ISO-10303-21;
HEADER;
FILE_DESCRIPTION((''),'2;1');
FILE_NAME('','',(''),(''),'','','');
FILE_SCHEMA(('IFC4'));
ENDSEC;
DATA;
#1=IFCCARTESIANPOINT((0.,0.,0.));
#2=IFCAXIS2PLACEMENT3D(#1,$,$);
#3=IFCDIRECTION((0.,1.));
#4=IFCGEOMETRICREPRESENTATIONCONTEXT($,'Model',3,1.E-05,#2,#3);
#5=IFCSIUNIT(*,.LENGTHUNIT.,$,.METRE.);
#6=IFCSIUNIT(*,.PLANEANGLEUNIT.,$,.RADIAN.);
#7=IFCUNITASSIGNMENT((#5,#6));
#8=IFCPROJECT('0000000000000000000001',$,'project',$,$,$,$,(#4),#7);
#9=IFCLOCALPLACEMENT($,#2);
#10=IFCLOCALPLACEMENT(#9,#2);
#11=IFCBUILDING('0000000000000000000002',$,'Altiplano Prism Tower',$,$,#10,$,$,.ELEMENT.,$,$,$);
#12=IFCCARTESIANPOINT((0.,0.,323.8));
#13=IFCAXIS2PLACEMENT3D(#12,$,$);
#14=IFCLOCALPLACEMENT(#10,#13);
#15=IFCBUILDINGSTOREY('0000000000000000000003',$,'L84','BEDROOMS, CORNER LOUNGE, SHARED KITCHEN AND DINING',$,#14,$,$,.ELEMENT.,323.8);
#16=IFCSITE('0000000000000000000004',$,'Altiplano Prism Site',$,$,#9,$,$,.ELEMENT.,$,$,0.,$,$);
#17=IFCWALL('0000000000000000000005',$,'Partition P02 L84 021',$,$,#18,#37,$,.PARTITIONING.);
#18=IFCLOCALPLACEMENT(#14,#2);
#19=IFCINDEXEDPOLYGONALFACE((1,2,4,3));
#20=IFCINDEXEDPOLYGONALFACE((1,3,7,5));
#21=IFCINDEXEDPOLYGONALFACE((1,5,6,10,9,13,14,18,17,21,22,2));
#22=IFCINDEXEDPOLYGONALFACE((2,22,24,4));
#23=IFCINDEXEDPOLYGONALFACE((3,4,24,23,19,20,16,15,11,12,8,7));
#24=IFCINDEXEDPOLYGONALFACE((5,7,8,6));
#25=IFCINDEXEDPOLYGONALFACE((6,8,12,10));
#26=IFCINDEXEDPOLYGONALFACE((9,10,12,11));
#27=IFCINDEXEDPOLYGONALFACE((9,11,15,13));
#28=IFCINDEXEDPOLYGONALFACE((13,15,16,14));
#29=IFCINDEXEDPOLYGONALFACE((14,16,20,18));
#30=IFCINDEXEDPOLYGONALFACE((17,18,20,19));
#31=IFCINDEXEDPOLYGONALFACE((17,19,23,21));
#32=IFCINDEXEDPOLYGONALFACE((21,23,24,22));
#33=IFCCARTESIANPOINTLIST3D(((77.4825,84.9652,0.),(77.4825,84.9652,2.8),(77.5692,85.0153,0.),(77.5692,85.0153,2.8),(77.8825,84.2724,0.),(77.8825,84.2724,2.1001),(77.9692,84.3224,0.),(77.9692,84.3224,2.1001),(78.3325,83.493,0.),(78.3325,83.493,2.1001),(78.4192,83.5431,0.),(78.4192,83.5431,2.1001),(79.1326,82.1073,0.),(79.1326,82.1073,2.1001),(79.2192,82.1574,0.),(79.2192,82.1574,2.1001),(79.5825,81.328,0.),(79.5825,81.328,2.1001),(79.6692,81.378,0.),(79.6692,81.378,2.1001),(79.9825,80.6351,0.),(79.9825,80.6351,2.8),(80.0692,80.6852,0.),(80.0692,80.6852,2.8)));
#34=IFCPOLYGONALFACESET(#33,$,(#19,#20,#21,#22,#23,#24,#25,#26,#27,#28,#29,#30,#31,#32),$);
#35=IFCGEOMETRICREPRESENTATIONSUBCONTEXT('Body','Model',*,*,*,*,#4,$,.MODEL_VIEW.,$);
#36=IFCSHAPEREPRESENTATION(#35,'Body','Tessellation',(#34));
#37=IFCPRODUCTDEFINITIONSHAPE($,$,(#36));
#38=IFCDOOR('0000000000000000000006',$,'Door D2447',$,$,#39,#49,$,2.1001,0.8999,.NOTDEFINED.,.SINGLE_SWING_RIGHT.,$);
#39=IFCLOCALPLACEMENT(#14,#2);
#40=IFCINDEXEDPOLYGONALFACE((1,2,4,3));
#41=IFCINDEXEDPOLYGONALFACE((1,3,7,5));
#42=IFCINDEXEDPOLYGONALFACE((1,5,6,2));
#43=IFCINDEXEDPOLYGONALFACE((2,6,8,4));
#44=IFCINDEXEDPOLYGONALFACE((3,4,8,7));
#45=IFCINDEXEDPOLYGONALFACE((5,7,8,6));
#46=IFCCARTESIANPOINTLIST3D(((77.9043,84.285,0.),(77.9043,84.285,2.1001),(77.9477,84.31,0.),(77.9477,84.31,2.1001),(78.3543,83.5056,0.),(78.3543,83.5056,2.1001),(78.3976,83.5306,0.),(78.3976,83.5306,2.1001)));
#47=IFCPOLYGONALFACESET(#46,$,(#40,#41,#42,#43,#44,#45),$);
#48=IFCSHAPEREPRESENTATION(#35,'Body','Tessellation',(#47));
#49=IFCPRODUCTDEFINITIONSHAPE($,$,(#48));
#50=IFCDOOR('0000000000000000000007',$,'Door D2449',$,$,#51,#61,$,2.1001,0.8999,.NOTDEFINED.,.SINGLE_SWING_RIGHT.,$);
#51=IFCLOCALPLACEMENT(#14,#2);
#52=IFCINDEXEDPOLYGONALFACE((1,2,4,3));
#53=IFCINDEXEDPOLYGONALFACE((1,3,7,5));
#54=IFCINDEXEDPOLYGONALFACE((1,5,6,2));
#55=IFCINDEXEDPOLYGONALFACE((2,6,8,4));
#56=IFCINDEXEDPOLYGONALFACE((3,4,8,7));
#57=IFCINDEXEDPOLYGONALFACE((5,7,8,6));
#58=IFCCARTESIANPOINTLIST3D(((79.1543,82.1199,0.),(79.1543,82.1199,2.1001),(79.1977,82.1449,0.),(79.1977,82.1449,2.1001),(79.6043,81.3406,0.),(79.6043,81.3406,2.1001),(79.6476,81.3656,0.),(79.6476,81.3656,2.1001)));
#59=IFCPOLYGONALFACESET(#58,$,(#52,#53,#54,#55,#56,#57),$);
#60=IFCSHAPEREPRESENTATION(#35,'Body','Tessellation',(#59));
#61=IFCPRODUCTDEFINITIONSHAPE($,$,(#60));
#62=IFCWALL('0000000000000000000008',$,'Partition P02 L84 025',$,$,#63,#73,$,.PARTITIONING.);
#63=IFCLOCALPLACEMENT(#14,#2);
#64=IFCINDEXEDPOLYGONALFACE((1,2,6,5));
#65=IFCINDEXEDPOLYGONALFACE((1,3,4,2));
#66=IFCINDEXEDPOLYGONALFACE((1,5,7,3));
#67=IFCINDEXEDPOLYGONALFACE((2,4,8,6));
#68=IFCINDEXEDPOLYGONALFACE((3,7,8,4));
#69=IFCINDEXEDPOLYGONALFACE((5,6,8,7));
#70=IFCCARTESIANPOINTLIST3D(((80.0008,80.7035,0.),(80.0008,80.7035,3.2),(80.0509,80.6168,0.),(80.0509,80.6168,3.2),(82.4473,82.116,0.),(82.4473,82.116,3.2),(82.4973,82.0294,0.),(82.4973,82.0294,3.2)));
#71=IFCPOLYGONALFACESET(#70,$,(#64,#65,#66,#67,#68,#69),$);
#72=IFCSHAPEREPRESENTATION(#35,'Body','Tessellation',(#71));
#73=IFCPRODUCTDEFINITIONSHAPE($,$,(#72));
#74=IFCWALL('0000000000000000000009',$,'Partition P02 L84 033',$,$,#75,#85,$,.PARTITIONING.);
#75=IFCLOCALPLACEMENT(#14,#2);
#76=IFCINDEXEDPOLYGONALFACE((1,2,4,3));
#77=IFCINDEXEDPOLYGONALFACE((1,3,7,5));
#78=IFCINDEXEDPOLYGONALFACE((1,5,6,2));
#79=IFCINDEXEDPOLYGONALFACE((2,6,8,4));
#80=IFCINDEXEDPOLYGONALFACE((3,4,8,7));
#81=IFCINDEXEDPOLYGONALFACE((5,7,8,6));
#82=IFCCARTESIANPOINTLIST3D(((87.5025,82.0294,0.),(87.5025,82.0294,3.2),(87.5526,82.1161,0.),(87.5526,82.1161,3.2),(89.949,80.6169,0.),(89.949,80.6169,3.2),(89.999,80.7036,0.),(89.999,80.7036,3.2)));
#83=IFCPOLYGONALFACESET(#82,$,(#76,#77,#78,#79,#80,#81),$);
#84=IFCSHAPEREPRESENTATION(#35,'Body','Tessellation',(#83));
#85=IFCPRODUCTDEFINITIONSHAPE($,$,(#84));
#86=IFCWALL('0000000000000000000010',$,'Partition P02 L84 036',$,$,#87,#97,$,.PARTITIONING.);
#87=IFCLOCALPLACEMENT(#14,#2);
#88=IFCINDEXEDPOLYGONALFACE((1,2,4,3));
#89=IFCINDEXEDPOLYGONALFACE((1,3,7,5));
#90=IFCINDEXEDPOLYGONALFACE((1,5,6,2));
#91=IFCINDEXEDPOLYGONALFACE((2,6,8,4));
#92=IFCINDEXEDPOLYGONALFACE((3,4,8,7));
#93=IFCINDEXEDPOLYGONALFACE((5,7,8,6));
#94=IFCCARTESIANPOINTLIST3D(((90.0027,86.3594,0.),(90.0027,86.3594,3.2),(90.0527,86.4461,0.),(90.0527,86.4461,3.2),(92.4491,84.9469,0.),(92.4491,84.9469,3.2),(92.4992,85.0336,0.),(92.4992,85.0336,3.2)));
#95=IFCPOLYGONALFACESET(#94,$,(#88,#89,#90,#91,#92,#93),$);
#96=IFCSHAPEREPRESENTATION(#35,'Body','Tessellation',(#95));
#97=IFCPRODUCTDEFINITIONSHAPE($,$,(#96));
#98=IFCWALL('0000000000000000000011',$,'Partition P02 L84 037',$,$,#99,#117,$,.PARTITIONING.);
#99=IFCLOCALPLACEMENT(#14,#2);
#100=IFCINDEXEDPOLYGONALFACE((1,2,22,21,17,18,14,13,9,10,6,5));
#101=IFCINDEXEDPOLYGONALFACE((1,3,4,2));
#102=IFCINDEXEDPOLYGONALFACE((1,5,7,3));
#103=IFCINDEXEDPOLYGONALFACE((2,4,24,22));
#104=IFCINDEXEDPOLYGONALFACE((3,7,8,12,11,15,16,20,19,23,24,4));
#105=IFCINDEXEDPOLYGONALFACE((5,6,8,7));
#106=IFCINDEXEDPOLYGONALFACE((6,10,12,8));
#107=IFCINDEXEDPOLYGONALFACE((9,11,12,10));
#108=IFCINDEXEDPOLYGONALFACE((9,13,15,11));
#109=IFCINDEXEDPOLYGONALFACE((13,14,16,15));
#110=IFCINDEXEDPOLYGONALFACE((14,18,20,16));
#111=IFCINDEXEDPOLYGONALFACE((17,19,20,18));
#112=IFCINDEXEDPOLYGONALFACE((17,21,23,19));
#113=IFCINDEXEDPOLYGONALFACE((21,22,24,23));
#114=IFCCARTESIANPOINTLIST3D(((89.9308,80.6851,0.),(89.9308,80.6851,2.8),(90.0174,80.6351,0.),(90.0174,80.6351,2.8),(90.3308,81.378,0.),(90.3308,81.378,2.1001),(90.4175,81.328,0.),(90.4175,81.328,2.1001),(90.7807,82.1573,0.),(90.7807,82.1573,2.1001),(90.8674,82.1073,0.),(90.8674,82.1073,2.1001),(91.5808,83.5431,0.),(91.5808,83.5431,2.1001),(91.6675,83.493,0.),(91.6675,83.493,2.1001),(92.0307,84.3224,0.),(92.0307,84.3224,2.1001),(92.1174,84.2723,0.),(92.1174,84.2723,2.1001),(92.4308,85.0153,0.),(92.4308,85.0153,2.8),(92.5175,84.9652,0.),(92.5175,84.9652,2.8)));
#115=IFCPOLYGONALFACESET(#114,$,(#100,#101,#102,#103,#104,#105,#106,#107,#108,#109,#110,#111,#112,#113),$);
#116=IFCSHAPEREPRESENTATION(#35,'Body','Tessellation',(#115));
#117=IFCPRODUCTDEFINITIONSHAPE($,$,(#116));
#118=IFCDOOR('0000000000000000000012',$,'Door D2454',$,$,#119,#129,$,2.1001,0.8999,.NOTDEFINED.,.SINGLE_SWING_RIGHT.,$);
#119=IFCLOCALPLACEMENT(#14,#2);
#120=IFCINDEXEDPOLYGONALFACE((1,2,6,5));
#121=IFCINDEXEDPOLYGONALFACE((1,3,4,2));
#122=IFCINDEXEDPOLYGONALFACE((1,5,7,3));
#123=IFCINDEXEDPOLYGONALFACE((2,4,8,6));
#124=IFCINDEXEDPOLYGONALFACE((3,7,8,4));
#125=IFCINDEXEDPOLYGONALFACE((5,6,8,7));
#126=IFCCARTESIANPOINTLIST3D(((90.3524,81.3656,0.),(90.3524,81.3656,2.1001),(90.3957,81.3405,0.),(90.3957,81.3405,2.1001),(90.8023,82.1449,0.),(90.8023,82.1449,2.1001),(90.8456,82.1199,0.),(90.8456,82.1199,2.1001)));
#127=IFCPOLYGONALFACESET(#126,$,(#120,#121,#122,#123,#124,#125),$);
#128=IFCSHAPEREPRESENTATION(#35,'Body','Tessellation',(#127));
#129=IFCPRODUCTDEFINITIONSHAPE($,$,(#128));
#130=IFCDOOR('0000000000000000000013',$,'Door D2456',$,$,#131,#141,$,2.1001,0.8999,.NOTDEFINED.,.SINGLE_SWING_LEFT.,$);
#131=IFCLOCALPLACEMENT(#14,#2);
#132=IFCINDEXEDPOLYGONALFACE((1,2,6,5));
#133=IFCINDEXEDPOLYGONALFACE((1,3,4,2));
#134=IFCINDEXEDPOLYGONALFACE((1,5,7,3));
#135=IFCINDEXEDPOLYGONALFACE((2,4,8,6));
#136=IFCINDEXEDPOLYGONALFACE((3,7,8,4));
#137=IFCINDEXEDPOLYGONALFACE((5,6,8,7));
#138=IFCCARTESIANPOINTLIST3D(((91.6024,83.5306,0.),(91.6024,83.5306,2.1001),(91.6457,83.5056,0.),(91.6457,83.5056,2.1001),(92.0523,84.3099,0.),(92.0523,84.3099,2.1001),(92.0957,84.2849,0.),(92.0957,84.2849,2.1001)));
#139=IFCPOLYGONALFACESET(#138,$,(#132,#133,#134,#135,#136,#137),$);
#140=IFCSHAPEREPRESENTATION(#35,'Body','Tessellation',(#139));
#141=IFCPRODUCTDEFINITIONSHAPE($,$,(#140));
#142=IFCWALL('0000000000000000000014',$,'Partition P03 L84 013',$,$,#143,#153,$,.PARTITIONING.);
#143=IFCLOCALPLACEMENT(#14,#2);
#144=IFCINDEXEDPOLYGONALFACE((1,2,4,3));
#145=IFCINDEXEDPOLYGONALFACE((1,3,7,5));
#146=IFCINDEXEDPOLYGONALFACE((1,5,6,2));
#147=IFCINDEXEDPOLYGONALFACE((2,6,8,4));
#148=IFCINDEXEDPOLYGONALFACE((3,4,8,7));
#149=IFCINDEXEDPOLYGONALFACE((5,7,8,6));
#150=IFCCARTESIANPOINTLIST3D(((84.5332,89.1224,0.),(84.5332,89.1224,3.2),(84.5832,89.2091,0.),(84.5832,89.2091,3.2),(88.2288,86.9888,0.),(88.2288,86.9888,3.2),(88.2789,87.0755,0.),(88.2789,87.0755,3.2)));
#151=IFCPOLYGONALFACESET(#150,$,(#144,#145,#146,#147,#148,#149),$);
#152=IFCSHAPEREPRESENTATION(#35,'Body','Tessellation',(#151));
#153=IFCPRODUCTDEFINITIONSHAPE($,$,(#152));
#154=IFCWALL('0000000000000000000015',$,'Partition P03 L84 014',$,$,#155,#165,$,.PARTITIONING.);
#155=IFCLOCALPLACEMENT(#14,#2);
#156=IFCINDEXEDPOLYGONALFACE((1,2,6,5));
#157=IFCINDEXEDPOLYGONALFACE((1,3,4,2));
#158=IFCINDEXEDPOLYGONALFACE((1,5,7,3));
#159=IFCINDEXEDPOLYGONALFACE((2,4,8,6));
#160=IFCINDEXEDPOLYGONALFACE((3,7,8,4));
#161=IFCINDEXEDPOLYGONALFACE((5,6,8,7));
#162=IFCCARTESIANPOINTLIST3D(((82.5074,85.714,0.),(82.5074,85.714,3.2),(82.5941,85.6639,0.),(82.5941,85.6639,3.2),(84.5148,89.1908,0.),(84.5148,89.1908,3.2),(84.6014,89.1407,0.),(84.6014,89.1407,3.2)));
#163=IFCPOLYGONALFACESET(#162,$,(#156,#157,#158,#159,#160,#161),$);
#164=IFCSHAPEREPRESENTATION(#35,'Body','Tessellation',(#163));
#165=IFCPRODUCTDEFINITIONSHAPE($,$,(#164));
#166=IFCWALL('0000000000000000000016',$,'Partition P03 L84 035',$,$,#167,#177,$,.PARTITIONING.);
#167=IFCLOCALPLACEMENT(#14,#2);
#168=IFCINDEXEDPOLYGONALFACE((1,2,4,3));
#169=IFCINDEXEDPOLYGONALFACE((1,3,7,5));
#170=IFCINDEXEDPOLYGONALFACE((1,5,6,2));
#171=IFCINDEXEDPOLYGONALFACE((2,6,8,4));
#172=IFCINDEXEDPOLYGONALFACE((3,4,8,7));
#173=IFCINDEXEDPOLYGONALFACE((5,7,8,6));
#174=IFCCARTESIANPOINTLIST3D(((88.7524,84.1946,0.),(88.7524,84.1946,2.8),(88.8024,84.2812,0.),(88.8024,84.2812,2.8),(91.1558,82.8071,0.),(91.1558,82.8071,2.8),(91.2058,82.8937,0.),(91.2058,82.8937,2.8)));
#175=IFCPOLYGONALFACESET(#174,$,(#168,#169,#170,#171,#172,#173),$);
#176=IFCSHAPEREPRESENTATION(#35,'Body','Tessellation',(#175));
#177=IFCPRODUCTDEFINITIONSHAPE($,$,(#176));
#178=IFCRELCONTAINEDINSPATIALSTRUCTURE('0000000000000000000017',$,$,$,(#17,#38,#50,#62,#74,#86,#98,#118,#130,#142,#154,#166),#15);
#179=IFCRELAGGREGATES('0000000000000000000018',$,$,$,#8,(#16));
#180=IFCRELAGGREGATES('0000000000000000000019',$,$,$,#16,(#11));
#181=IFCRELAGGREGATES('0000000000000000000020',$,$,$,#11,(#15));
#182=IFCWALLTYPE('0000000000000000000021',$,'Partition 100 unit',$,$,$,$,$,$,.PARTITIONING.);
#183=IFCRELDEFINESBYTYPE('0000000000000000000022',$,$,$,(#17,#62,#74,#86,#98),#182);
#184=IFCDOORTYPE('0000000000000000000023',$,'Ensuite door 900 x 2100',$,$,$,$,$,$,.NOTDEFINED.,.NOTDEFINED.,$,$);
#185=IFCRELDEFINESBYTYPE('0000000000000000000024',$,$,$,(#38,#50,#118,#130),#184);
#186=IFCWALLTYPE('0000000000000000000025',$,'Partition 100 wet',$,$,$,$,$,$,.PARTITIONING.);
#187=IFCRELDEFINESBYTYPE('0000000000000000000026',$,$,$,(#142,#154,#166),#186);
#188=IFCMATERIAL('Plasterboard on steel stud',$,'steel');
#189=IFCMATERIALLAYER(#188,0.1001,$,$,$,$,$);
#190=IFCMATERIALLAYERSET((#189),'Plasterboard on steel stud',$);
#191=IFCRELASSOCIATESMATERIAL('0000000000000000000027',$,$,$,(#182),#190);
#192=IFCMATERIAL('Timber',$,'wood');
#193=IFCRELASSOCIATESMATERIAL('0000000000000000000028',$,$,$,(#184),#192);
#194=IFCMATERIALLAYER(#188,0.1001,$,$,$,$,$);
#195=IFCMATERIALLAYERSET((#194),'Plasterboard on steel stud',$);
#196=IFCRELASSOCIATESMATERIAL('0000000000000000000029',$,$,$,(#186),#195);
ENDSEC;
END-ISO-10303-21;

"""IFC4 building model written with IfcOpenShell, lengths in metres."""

from ifc_helpers import new_model, si_unit, direction, frame, frame_2d, origin, place, context, subcontext, project, spatial, rectangle, extrude, material, layer, layer_set, type_object, element, fill, save


model = new_model("IFC4")

# Units and contexts
model_context = context("Model", 3, precision=1e-05, world=origin(), true_north=direction((0.0, 1.0)))
body_context = subcontext(model_context, "Body", "Model", "MODEL_VIEW")
ifc_project = project(units=[si_unit("LENGTHUNIT", "METRE"), si_unit("PLANEANGLEUNIT", "RADIAN")], contexts=[model_context])

# Site, building, storey
site_placement = place(None, origin())
site = spatial("IfcSite", under=ifc_project, at=site_placement, Name="Altiplano Prism Site", CompositionType="ELEMENT", RefElevation=0.0)
building_placement = place(site_placement, origin())
building = spatial("IfcBuilding", under=site, at=building_placement, Name="Altiplano Prism Tower", CompositionType="ELEMENT")
storey_placement = place(building_placement, frame((0.0, 0.0, 323.8)))
storey = spatial("IfcBuildingStorey", under=building, at=storey_placement, Name="L84", Description="BEDROOMS, CORNER LOUNGE, SHARED KITCHEN AND DINING", CompositionType="ELEMENT", Elevation=323.8)

# Wall, openings, doors
ifc_material_1 = material(Name="Plasterboard on steel stud", Category="steel")
ifc_layer_1 = layer(ifc_material_1, 0.1001)
ifc_layer_set_1 = layer_set([ifc_layer_1], Name="Plasterboard on steel stud")
wall_type_1 = type_object("IfcWallType", Name="Partition 100 unit", PredefinedType="PARTITIONING", material=ifc_layer_set_1)
wall_1_placement = place(storey_placement, frame((80.0259, 80.6602, 0.0), z_axis=(0.0, 0.0, 1.0), x_axis=(-0.500004, 0.866023, 0.0)))
wall_1 = element("IfcWall", 1, at=wall_1_placement, inside=storey, type_object=wall_type_1, Name="Partition P02 L84 021", PredefinedType="PARTITIONING", context=body_context, shape_type="SweptSolid", body=[
    extrude(rectangle(XDim=5.0, YDim=0.1001, at=frame_2d((2.5, 0.0))), origin(), (0.0, 0.0, 1.0), 2.8),
])
opening_1_placement = place(wall_1_placement, frame((3.3, 0.0, 0.0)))
opening_1 = element("IfcOpeningElement", 2, at=opening_1_placement, cuts=wall_1, PredefinedType="OPENING", context=body_context, shape_type="SweptSolid", body=[
    extrude(rectangle(XDim=0.8999, YDim=2.1001, at=frame_2d((0.45, 1.05))), frame((0.0, 0.0605, 0.0), z_axis=(0.0, -1.0, 0.0), x_axis=(1.0, 0.0, 0.0)), (0.0, 0.0, 1.0), 0.1211),
])
opening_2_placement = place(wall_1_placement, frame((0.8, 0.0, 0.0)))
opening_2 = element("IfcOpeningElement", 3, at=opening_2_placement, cuts=wall_1, PredefinedType="OPENING", context=body_context, shape_type="SweptSolid", body=[
    extrude(rectangle(XDim=0.8999, YDim=2.1001, at=frame_2d((0.45, 1.05))), frame((0.0, 0.0605, 0.0), z_axis=(0.0, -1.0, 0.0), x_axis=(1.0, 0.0, 0.0)), (0.0, 0.0, 1.0), 0.1211),
])
ifc_material_2 = material(Name="Timber", Category="wood")
door_type_1 = type_object("IfcDoorType", Name="Ensuite door 900 x 2100", OperationType="NOTDEFINED", PredefinedType="NOTDEFINED", material=ifc_material_2)
door_1_placement = place(opening_1_placement, origin())
door_1 = element("IfcDoor", 4, at=door_1_placement, inside=storey, type_object=door_type_1, Name="Door D2447", OperationType="SINGLE_SWING_RIGHT", OverallHeight=2.1001, OverallWidth=0.8999, PredefinedType="NOTDEFINED", context=body_context, shape_type="SweptSolid", body=[
    extrude(rectangle(XDim=0.8999, YDim=2.1001, at=frame_2d((0.45, 1.05))), frame((0.0, 0.0249, 0.0), z_axis=(0.0, -1.0, 0.0), x_axis=(1.0, 0.0, 0.0)), (0.0, 0.0, 1.0), 0.05),
])
fill(opening_1, door_1)
door_2_placement = place(opening_2_placement, origin())
door_2 = element("IfcDoor", 5, at=door_2_placement, inside=storey, type_object=door_type_1, Name="Door D2449", OperationType="SINGLE_SWING_RIGHT", OverallHeight=2.1001, OverallWidth=0.8999, PredefinedType="NOTDEFINED", context=body_context, shape_type="SweptSolid", body=[
    extrude(rectangle(XDim=0.8999, YDim=2.1001, at=frame_2d((0.45, 1.05))), frame((0.0, 0.0249, 0.0), z_axis=(0.0, -1.0, 0.0), x_axis=(1.0, 0.0, 0.0)), (0.0, 0.0, 1.0), 0.05),
])
fill(opening_2, door_2)

# Walls
for number, where, z_axis, x_axis, name in (
    (6, (82.4724, 82.0728, 0.0), (0.0, 0.0, 1.0), (-0.866011, -0.500024, 0.0), "Partition P02 L84 025"),
    (7, (89.9741, 80.6602, 0.0), (0.0, 0.0, 1.0), (-0.866011, 0.500024, 0.0), "Partition P02 L84 033"),
    (8, (90.0276, 86.4028, 0.0), (0.0, 0.0, 1.0), (0.866011, -0.500024, 0.0), "Partition P02 L84 036"),
):
    element("IfcWall", number, at=place(storey_placement, frame(where, z_axis=z_axis, x_axis=x_axis)), inside=storey, type_object=wall_type_1, Name=name, PredefinedType="PARTITIONING", context=body_context, shape_type="SweptSolid", body=[
        extrude(rectangle(XDim=2.825, YDim=0.1001, at=frame_2d((1.4126, 0.0))), origin(), (0.0, 0.0, 1.0), 3.2),
    ])

# Wall, openings, doors
wall_2_placement = place(storey_placement, frame((92.4741, 84.9902, 0.0), z_axis=(0.0, 0.0, 1.0), x_axis=(-0.500004, -0.866023, 0.0)))
wall_2 = element("IfcWall", 9, at=wall_2_placement, inside=storey, type_object=wall_type_1, Name="Partition P02 L84 037", PredefinedType="PARTITIONING", context=body_context, shape_type="SweptSolid", body=[
    extrude(rectangle(XDim=5.0, YDim=0.1001, at=frame_2d((2.5, 0.0))), origin(), (0.0, 0.0, 1.0), 2.8),
])
opening_3_placement = place(wall_2_placement, frame((3.3, 0.0, 0.0)))
opening_3 = element("IfcOpeningElement", 10, at=opening_3_placement, cuts=wall_2, PredefinedType="OPENING", context=body_context, shape_type="SweptSolid", body=[
    extrude(rectangle(XDim=0.8999, YDim=2.1001, at=frame_2d((0.45, 1.05))), frame((0.0, 0.0605, 0.0), z_axis=(0.0, -1.0, 0.0), x_axis=(1.0, 0.0, 0.0)), (0.0, 0.0, 1.0), 0.1211),
])
opening_4_placement = place(wall_2_placement, frame((0.8, 0.0, 0.0)))
opening_4 = element("IfcOpeningElement", 11, at=opening_4_placement, cuts=wall_2, PredefinedType="OPENING", context=body_context, shape_type="SweptSolid", body=[
    extrude(rectangle(XDim=0.8999, YDim=2.1001, at=frame_2d((0.45, 1.05))), frame((0.0, 0.0605, 0.0), z_axis=(0.0, -1.0, 0.0), x_axis=(1.0, 0.0, 0.0)), (0.0, 0.0, 1.0), 0.1211),
])
door_3_placement = place(opening_3_placement, origin())
door_3 = element("IfcDoor", 12, at=door_3_placement, inside=storey, type_object=door_type_1, Name="Door D2454", OperationType="SINGLE_SWING_RIGHT", OverallHeight=2.1001, OverallWidth=0.8999, PredefinedType="NOTDEFINED", context=body_context, shape_type="SweptSolid", body=[
    extrude(rectangle(XDim=0.8999, YDim=2.1001, at=frame_2d((0.45, 1.05))), frame((0.0, 0.0249, 0.0), z_axis=(0.0, -1.0, 0.0), x_axis=(1.0, 0.0, 0.0)), (0.0, 0.0, 1.0), 0.05),
])
fill(opening_3, door_3)
door_4_placement = place(opening_4_placement, origin())
door_4 = element("IfcDoor", 13, at=door_4_placement, inside=storey, type_object=door_type_1, Name="Door D2456", OperationType="SINGLE_SWING_LEFT", OverallHeight=2.1001, OverallWidth=0.8999, PredefinedType="NOTDEFINED", context=body_context, shape_type="SweptSolid", body=[
    extrude(rectangle(XDim=0.8999, YDim=2.1001, at=frame_2d((0.45, 1.05))), frame((0.0, 0.0249, 0.0), z_axis=(0.0, -1.0, 0.0), x_axis=(1.0, 0.0, 0.0)), (0.0, 0.0, 1.0), 0.05),
])
fill(opening_4, door_4)

# Walls
ifc_layer_2 = layer(ifc_material_1, 0.1001)
ifc_layer_set_2 = layer_set([ifc_layer_2], Name="Plasterboard on steel stud")
wall_type_2 = type_object("IfcWallType", Name="Partition 100 wet", PredefinedType="PARTITIONING", material=ifc_layer_set_2)
wall_3_placement = place(storey_placement, frame((84.5581, 89.1658, 0.0), z_axis=(0.0, 0.0, 1.0), x_axis=(0.866034, -0.499985, 0.0)))
element("IfcWall", 14, at=wall_3_placement, inside=storey, type_object=wall_type_2, Name="Partition P03 L84 013", PredefinedType="PARTITIONING", context=body_context, shape_type="SweptSolid", body=[
    extrude(rectangle(XDim=4.2673, YDim=0.1001, at=frame_2d((2.1338, 0.0))), origin(), (0.0, 0.0, 1.0), 3.2),
])
wall_4_placement = place(storey_placement, frame((82.5508, 85.689, 0.0), z_axis=(0.0, 0.0, 1.0), x_axis=(0.499998, 0.866027, 0.0)))
element("IfcWall", 15, at=wall_4_placement, inside=storey, type_object=wall_type_2, Name="Partition P03 L84 014", PredefinedType="PARTITIONING", context=body_context, shape_type="SweptSolid", body=[
    extrude(rectangle(XDim=4.0146, YDim=0.1001, at=frame_2d((2.0073, 0.0))), origin(), (0.0, 0.0, 1.0), 3.2),
])
wall_5_placement = place(storey_placement, frame((91.1809, 82.8503, 0.0), z_axis=(0.0, 0.0, 1.0), x_axis=(-0.866042, 0.499971, 0.0)))
element("IfcWall", 16, at=wall_5_placement, inside=storey, type_object=wall_type_2, Name="Partition P03 L84 035", PredefinedType="PARTITIONING", context=body_context, shape_type="SweptSolid", body=[
    extrude(rectangle(XDim=2.7751, YDim=0.1001, at=frame_2d((1.3877, 0.0))), origin(), (0.0, 0.0, 1.0), 2.8),
])

save(model, "model.ifc")
